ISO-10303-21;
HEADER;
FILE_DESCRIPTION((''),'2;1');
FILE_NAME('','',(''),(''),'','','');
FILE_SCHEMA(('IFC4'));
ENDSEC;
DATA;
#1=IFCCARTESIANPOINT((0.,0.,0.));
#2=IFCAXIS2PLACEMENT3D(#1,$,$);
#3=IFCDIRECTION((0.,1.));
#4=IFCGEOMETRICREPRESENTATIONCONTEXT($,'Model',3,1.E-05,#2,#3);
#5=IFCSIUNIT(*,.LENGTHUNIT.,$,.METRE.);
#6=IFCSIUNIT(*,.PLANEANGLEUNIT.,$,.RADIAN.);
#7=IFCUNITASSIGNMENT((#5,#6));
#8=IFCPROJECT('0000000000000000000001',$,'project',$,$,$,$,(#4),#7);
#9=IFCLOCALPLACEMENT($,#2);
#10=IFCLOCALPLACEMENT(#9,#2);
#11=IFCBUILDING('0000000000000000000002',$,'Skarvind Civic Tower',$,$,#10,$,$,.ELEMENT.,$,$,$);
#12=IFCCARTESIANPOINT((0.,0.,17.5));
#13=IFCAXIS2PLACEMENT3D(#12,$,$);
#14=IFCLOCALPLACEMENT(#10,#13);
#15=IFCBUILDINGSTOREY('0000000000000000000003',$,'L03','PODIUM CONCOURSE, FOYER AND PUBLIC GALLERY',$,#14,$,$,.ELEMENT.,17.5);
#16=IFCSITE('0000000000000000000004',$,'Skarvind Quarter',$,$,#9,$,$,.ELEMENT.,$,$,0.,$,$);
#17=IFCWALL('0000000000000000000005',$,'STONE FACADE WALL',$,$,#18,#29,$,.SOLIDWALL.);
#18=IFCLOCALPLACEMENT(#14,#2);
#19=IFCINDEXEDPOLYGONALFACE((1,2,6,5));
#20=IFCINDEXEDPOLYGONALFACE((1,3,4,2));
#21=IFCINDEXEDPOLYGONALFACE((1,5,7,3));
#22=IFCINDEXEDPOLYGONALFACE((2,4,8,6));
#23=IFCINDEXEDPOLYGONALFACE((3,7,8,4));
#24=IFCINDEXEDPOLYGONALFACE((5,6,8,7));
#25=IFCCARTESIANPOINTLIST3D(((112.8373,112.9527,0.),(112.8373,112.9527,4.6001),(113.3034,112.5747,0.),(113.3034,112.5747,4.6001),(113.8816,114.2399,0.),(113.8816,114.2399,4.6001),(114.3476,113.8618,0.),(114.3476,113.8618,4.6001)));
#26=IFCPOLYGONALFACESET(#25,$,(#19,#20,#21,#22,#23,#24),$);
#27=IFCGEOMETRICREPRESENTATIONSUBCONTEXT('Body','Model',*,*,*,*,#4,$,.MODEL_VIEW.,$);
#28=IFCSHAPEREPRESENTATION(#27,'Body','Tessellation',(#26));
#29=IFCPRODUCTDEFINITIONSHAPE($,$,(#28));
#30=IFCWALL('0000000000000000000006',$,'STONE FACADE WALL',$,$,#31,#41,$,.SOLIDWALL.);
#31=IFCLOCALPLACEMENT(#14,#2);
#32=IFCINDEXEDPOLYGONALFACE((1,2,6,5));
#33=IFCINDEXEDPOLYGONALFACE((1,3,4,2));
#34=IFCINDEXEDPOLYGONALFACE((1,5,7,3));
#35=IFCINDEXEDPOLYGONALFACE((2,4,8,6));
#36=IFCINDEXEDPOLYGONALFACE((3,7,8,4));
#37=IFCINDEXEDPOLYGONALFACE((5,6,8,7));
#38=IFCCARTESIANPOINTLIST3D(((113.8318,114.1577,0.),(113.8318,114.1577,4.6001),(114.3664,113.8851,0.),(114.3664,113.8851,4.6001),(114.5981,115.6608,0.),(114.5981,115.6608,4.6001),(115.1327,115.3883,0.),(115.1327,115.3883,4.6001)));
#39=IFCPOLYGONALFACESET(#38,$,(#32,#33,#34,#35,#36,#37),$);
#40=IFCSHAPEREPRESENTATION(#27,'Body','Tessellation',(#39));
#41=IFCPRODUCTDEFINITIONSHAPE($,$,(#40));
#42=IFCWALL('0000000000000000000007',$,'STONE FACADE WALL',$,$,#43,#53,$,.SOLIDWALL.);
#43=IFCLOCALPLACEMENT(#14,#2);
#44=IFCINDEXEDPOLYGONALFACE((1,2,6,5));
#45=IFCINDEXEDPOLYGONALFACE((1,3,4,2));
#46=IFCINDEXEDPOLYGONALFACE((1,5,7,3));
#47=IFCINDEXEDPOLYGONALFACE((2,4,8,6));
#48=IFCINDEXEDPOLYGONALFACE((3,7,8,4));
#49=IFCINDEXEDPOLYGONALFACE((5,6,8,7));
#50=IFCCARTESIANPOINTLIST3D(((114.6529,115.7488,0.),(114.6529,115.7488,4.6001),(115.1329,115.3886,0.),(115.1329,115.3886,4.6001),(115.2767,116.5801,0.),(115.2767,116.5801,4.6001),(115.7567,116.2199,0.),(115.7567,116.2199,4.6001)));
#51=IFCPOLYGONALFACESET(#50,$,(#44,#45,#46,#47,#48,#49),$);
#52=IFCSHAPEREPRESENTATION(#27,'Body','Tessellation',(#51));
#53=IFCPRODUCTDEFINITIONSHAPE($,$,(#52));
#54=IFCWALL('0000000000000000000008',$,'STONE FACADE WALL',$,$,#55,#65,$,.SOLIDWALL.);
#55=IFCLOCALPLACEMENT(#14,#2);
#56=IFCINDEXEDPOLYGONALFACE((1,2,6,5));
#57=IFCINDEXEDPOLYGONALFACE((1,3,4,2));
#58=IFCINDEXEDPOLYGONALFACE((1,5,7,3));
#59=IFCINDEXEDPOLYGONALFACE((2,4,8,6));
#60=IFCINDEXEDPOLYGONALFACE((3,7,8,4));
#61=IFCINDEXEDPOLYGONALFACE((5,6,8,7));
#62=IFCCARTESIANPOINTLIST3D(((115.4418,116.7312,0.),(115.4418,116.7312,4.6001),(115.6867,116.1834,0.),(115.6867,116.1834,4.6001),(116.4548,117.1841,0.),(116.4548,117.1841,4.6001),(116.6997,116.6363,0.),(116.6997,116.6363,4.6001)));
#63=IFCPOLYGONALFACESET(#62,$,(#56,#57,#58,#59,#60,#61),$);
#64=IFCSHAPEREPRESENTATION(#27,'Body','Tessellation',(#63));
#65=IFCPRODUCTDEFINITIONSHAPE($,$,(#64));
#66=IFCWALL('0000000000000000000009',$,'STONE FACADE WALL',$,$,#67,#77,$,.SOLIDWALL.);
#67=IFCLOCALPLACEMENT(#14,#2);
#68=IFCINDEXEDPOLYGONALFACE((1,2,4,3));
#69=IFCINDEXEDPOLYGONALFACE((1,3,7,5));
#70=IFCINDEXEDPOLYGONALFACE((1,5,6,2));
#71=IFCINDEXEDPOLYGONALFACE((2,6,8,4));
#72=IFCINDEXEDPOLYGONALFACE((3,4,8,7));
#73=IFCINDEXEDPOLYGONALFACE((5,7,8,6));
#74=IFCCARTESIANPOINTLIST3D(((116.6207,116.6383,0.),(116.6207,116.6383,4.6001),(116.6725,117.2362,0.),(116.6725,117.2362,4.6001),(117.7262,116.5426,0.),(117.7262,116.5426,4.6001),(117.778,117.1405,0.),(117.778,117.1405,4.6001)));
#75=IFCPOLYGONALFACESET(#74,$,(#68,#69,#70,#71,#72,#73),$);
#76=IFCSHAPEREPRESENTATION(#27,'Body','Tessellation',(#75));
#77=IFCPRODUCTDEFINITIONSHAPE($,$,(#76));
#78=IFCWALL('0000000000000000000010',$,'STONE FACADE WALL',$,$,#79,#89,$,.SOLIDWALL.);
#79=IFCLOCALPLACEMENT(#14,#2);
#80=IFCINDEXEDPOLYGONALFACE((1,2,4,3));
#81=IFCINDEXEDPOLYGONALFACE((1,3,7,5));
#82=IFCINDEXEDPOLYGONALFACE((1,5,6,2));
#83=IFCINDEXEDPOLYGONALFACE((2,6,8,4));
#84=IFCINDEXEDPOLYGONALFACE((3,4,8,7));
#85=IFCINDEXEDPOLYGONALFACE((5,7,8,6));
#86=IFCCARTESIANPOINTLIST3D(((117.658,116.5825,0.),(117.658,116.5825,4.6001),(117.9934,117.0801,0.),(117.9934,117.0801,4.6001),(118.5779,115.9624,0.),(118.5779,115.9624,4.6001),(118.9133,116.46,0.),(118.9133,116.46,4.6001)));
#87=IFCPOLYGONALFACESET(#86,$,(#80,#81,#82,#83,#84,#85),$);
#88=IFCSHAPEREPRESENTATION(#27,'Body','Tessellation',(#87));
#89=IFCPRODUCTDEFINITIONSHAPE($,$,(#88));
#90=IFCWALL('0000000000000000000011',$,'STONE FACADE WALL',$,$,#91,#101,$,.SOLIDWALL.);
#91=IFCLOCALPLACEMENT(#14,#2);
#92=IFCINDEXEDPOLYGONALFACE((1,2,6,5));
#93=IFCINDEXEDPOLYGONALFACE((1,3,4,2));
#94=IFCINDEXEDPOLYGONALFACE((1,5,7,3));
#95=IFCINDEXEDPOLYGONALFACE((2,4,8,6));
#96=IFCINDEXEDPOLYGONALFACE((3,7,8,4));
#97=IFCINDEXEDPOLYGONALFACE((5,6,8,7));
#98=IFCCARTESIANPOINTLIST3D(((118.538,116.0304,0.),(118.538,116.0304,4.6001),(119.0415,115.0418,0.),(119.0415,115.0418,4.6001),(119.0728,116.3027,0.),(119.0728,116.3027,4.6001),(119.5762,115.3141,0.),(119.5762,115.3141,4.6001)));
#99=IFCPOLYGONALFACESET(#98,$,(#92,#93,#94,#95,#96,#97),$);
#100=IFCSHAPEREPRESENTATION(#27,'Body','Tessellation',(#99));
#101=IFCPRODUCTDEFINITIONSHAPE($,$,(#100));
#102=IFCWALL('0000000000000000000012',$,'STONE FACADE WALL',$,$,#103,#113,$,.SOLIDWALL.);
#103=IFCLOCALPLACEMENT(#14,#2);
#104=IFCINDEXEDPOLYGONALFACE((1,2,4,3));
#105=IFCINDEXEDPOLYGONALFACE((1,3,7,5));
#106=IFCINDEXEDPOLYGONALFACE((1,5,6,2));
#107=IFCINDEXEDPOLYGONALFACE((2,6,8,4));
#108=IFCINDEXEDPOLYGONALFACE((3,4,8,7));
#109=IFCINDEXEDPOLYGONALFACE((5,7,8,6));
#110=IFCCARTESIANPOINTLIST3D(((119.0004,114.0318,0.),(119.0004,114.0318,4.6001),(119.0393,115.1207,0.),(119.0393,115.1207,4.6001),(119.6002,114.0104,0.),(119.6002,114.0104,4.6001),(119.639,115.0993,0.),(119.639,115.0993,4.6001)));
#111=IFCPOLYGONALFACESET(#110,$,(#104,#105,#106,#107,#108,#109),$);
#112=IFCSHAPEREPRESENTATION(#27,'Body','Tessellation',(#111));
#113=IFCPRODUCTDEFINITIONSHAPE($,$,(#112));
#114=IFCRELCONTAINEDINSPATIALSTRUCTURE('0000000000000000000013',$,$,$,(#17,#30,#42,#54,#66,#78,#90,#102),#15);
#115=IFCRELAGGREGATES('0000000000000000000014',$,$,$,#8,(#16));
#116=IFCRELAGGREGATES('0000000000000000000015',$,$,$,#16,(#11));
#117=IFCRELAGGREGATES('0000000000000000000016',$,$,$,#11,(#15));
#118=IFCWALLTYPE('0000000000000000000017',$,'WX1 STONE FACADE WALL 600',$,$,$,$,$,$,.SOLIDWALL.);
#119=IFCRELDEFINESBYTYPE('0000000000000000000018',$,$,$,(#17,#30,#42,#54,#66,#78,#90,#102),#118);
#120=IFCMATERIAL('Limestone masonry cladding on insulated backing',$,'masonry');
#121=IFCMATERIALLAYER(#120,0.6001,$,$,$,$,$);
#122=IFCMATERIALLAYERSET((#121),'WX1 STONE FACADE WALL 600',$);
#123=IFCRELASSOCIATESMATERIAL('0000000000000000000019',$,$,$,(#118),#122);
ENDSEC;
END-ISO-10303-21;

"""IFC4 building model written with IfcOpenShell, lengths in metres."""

from ifc_helpers import new_model, si_unit, direction, frame, frame_2d, origin, place, context, subcontext, project, spatial, rectangle, extrude, material, layer, layer_set, type_object, element, save


model = new_model("IFC4")

# Units and contexts
model_context = context("Model", 3, precision=1e-05, world=origin(), true_north=direction((0.0, 1.0)))
body_context = subcontext(model_context, "Body", "Model", "MODEL_VIEW")
ifc_project = project(units=[si_unit("LENGTHUNIT", "METRE"), si_unit("PLANEANGLEUNIT", "RADIAN")], contexts=[model_context])

# Site, building, storey
site_placement = place(None, origin())
site = spatial("IfcSite", under=ifc_project, at=site_placement, Name="Skarvind Quarter", CompositionType="ELEMENT", RefElevation=0.0)
building_placement = place(site_placement, origin())
building = spatial("IfcBuilding", under=site, at=building_placement, Name="Skarvind Civic Tower", CompositionType="ELEMENT")
storey_placement = place(building_placement, frame((0.0, 0.0, 17.5)))
storey = spatial("IfcBuildingStorey", under=building, at=storey_placement, Name="L03", Description="PODIUM CONCOURSE, FOYER AND PUBLIC GALLERY", CompositionType="ELEMENT", Elevation=17.5)

# Walls
ifc_material_1 = material(Name="Limestone masonry cladding on insulated backing", Category="masonry")
ifc_layer_1 = layer(ifc_material_1, 0.6001)
ifc_layer_set_1 = layer_set([ifc_layer_1], Name="WX1 STONE FACADE WALL 600")
wall_type_1 = type_object("IfcWallType", Name="WX1 STONE FACADE WALL 600", PredefinedType="SOLIDWALL", material=ifc_layer_set_1)
wall_1_placement = place(storey_placement, frame((114.1145, 114.0508, 0.0), z_axis=(0.0, 0.0, 1.0), x_axis=(-0.630016, -0.776582, 0.0)))
element("IfcWall", 1, at=wall_1_placement, inside=storey, type_object=wall_type_1, Name="STONE FACADE WALL", PredefinedType="SOLIDWALL", context=body_context, shape_type="SweptSolid", body=[
    extrude(rectangle(XDim=1.6575, YDim=0.6001, at=frame_2d((0.8286, 0.0))), origin(), (0.0, 0.0, 1.0), 4.6001),
])
wall_2_placement = place(storey_placement, frame((114.8655, 115.5247, 0.0), z_axis=(0.0, 0.0, 1.0), x_axis=(-0.454203, -0.890898, 0.0)))
element("IfcWall", 2, at=wall_2_placement, inside=storey, type_object=wall_type_1, Name="STONE FACADE WALL", PredefinedType="SOLIDWALL", context=body_context, shape_type="SweptSolid", body=[
    extrude(rectangle(XDim=1.6873, YDim=0.6001, at=frame_2d((0.8438, 0.0))), origin(), (0.0, 0.0, 1.0), 4.6001),
])
wall_3_placement = place(storey_placement, frame((115.5166, 116.3999, 0.0), z_axis=(0.0, 0.0, 1.0), x_axis=(-0.600188, -0.799859, 0.0)))
element("IfcWall", 3, at=wall_3_placement, inside=storey, type_object=wall_type_1, Name="STONE FACADE WALL", PredefinedType="SOLIDWALL", context=body_context, shape_type="SweptSolid", body=[
    extrude(rectangle(XDim=1.0393, YDim=0.6001, at=frame_2d((0.5195, 0.0))), origin(), (0.0, 0.0, 1.0), 4.6001),
])
for number, where, z_axis, x_axis, name in (
    (4, (116.5771, 116.9102, 0.0), (0.0, 0.0, 1.0), (-0.912911, -0.408159, 0.0), "STONE FACADE WALL"),
    (5, (117.752, 116.8416, 0.0), (0.0, 0.0, 1.0), (-0.996274, 0.08625, 0.0), "STONE FACADE WALL"),
):
    element("IfcWall", number, at=place(storey_placement, frame(where, z_axis=z_axis, x_axis=x_axis)), inside=storey, type_object=wall_type_1, Name=name, PredefinedType="SOLIDWALL", context=body_context, shape_type="SweptSolid", body=[
        extrude(rectangle(XDim=1.1096, YDim=0.6001, at=frame_2d((0.5547, 0.0))), origin(), (0.0, 0.0, 1.0), 4.6001),
    ])
for number, where, z_axis, x_axis, name in (
    (6, (118.7456, 116.2112, 0.0), (0.0, 0.0, 1.0), (-0.829195, 0.558959, 0.0), "STONE FACADE WALL"),
    (7, (119.3088, 115.178, 0.0), (0.0, 0.0, 1.0), (-0.453804, 0.891102, 0.0), "STONE FACADE WALL"),
):
    element("IfcWall", number, at=place(storey_placement, frame(where, z_axis=z_axis, x_axis=x_axis)), inside=storey, type_object=wall_type_1, Name=name, PredefinedType="SOLIDWALL", context=body_context, shape_type="SweptSolid", body=[
        extrude(rectangle(XDim=1.1094, YDim=0.6001, at=frame_2d((0.5547, 0.0))), origin(), (0.0, 0.0, 1.0), 4.6001),
    ])
wall_4_placement = place(storey_placement, frame((119.3003, 114.021, 0.0), z_axis=(0.0, 0.0, 1.0), x_axis=(0.035628, 0.999365, 0.0)))
element("IfcWall", 8, at=wall_4_placement, inside=storey, type_object=wall_type_1, Name="STONE FACADE WALL", PredefinedType="SOLIDWALL", context=body_context, shape_type="SweptSolid", body=[
    extrude(rectangle(XDim=1.0896, YDim=0.6001, at=frame_2d((0.5449, 0.0))), origin(), (0.0, 0.0, 1.0), 4.6001),
])

save(model, "model.ifc")
